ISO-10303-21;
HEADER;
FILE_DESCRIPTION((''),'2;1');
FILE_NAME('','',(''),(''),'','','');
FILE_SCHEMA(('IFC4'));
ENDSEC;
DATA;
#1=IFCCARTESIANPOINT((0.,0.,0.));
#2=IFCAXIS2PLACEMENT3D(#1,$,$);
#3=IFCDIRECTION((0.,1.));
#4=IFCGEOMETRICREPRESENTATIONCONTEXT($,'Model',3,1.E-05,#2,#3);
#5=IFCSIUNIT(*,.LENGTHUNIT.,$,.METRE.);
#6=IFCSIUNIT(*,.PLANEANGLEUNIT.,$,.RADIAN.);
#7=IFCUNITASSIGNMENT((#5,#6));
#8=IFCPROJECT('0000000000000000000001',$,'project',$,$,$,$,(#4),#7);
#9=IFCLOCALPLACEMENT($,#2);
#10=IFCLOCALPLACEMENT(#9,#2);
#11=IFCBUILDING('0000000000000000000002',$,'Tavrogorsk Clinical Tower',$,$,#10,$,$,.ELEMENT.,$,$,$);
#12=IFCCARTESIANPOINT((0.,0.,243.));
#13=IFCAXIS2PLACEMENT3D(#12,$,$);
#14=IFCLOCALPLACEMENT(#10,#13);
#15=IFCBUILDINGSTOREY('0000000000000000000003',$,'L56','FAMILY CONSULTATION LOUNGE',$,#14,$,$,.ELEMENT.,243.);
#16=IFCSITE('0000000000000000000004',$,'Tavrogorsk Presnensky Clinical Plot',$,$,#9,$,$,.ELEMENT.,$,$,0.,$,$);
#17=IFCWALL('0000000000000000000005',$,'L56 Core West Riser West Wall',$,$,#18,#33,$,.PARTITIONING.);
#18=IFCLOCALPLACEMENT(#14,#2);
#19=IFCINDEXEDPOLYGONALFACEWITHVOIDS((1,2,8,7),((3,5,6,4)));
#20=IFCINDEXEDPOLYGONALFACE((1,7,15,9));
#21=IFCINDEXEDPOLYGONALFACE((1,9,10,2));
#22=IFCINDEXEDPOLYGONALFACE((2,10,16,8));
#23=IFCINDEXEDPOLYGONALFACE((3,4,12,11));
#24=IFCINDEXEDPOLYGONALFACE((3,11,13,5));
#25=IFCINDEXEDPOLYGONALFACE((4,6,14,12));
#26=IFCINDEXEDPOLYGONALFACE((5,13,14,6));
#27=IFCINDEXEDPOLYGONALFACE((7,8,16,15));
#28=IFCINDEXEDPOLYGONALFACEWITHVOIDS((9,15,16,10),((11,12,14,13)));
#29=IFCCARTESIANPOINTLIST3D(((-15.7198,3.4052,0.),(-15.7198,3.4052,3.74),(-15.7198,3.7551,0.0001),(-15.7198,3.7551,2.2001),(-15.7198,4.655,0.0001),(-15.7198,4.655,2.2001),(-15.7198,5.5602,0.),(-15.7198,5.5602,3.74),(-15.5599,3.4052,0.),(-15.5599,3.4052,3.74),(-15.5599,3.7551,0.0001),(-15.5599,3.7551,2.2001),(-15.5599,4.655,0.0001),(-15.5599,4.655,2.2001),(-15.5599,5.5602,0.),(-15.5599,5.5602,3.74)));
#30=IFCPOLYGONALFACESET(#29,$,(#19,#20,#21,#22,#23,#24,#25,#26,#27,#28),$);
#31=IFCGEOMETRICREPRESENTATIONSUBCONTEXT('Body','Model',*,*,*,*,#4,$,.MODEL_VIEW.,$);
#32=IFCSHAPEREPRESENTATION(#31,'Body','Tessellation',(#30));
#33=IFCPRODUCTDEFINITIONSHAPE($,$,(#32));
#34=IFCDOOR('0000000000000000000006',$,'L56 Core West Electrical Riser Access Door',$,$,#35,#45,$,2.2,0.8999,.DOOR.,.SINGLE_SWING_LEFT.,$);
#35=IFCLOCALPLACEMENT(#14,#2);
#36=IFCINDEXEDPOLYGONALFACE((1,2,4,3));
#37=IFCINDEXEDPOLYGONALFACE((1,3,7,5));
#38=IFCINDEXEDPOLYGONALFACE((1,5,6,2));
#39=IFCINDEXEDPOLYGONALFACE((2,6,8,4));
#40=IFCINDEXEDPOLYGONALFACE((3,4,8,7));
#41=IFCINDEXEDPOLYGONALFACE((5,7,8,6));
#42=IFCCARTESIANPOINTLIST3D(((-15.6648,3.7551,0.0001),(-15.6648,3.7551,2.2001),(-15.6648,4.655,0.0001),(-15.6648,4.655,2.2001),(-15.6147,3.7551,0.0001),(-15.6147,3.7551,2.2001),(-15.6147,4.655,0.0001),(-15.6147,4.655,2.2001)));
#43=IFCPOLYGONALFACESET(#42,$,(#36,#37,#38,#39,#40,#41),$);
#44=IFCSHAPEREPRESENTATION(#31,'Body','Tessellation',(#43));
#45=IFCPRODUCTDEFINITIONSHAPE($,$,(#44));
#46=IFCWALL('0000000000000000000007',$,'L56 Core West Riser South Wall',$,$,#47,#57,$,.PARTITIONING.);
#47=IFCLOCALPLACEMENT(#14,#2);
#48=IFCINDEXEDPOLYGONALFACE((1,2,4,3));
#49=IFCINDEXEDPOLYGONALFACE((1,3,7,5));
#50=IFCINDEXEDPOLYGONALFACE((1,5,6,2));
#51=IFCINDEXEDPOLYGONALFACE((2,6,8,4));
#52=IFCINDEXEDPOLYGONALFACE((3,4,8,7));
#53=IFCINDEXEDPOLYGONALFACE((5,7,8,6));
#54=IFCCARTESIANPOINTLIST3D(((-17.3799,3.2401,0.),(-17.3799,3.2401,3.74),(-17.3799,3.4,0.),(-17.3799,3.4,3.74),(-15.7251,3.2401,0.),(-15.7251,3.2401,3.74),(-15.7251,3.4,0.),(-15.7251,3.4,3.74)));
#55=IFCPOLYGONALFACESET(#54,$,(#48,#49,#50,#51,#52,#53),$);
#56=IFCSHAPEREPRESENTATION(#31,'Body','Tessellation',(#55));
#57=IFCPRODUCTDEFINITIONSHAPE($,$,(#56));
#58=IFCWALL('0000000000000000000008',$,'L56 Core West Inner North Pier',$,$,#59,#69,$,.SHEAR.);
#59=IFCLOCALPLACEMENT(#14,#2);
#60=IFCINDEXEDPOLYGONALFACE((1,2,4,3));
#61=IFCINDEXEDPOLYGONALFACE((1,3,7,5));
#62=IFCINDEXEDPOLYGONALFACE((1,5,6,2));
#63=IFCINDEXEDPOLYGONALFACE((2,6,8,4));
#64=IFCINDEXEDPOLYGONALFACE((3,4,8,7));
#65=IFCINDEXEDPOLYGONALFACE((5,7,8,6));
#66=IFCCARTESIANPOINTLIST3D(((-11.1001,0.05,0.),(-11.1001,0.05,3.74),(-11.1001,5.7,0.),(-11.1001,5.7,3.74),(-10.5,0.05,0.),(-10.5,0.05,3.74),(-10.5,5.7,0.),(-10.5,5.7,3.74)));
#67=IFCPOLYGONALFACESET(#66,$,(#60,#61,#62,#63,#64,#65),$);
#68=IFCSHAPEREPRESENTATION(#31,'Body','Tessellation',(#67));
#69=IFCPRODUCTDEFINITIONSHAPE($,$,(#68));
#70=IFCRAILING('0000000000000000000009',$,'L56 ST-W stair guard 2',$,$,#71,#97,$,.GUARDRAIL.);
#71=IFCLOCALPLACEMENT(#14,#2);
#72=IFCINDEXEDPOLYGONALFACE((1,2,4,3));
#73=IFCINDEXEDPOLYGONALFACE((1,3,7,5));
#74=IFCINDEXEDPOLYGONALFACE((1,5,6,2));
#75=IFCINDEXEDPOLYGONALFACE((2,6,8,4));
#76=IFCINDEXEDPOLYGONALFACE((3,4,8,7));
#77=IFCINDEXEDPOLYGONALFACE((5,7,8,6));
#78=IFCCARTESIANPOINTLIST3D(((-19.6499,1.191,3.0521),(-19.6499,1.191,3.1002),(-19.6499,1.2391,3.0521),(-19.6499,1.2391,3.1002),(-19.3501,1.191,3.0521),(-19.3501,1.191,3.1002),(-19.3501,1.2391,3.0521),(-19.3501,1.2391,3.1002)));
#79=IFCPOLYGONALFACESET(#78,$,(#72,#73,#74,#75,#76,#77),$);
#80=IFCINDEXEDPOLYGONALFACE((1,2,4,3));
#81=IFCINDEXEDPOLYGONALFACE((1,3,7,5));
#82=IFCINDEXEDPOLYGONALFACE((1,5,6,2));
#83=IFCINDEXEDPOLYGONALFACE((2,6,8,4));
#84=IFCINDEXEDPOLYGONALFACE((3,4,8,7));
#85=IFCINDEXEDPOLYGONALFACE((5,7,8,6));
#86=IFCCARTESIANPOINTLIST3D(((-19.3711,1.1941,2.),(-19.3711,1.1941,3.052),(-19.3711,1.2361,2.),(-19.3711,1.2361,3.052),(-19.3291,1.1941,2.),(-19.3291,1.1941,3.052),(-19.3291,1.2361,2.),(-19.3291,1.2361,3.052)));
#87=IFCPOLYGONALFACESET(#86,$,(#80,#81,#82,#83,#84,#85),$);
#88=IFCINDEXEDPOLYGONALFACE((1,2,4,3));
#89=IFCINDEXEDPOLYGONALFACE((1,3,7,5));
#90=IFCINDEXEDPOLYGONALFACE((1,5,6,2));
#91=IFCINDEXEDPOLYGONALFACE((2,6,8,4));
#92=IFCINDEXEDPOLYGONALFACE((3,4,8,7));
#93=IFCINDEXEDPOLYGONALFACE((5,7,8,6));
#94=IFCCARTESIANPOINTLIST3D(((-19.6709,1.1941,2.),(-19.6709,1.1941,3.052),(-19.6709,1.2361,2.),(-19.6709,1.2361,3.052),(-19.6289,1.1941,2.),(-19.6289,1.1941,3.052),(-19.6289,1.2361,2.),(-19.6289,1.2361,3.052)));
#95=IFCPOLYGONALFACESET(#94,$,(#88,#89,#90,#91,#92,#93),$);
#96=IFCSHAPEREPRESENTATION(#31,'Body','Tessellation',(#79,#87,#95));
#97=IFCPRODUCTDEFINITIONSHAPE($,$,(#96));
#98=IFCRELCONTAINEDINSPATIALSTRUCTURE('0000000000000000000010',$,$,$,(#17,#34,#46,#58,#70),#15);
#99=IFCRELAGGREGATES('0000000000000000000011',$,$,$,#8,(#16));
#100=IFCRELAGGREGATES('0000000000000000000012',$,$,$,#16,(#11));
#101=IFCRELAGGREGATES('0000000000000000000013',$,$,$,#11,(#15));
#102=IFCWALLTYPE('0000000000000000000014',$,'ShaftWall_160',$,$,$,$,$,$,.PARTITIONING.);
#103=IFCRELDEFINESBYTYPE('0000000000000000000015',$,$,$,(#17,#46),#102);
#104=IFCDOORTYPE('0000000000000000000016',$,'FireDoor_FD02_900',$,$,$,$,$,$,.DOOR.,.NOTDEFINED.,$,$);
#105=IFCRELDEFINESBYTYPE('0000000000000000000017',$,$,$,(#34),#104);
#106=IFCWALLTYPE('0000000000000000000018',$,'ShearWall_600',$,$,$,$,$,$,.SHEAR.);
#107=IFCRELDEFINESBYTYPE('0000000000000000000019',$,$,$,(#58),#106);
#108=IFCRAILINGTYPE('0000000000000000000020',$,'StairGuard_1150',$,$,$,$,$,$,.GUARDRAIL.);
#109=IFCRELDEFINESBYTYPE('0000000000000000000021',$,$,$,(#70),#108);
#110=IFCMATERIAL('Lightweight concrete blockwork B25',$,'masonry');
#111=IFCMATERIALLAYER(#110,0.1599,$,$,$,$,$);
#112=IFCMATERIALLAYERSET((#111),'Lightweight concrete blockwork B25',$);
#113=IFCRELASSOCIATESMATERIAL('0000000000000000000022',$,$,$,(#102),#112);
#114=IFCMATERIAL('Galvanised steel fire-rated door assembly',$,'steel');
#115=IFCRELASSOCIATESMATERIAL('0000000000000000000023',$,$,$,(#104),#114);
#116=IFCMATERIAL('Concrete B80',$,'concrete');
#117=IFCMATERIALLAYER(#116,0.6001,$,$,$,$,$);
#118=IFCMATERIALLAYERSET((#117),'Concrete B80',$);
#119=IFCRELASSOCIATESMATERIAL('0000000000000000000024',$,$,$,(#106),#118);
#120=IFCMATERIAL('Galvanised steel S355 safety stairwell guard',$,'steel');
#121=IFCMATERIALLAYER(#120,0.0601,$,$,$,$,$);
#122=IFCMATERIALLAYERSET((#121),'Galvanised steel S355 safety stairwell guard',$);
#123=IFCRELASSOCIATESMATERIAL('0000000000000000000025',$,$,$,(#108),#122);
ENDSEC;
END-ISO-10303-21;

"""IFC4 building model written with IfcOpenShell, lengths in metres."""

from ifc_helpers import new_model, si_unit, direction, frame, frame_2d, origin, origin_2d, place, context, subcontext, project, spatial, rectangle, extrude, material, layer, layer_set, type_object, element, fill, save


model = new_model("IFC4")

# Units and contexts
model_context = context("Model", 3, precision=1e-05, world=origin(), true_north=direction((0.0, 1.0)))
body_context = subcontext(model_context, "Body", "Model", "MODEL_VIEW")
ifc_project = project(units=[si_unit("LENGTHUNIT", "METRE"), si_unit("PLANEANGLEUNIT", "RADIAN")], contexts=[model_context])

# Site, building, storey
site_placement = place(None, origin())
site = spatial("IfcSite", under=ifc_project, at=site_placement, Name="Tavrogorsk Presnensky Clinical Plot", CompositionType="ELEMENT", RefElevation=0.0)
building_placement = place(site_placement, origin())
building = spatial("IfcBuilding", under=site, at=building_placement, Name="Tavrogorsk Clinical Tower", CompositionType="ELEMENT")
storey_placement = place(building_placement, frame((0.0, 0.0, 243.0)))
storey = spatial("IfcBuildingStorey", under=building, at=storey_placement, Name="L56", Description="FAMILY CONSULTATION LOUNGE", CompositionType="ELEMENT", Elevation=243.0)

# Shared definitions
ifc_material_1 = material(Name="Lightweight concrete blockwork B25", Category="masonry")
ifc_layer_1 = layer(ifc_material_1, 0.1599)
ifc_layer_set_1 = layer_set([ifc_layer_1], Name="Lightweight concrete blockwork B25")
wall_type_1 = type_object("IfcWallType", Name="ShaftWall_160", PredefinedType="PARTITIONING", material=ifc_layer_set_1)

# Wall, opening, door
wall_1_placement = place(storey_placement, frame((-15.6399, 3.405, 0.0), z_axis=(0.0, 0.0, 1.0), x_axis=(0.0, 1.0, 0.0)))
wall_1 = element("IfcWall", 1, at=wall_1_placement, inside=storey, type_object=wall_type_1, Name="L56 Core West Riser West Wall", PredefinedType="PARTITIONING", context=body_context, shape_type="SweptSolid", body=[
    extrude(rectangle(XDim=2.155, YDim=0.1599, at=frame_2d((1.0776, 0.0))), origin(), (0.0, 0.0, 1.0), 3.74),
])
opening_1_placement = place(wall_1_placement, frame((0.3501, 0.0, 0.0)))
opening_1 = element("IfcOpeningElement", 2, at=opening_1_placement, cuts=wall_1, PredefinedType="OPENING", context=body_context, shape_type="SweptSolid", body=[
    extrude(rectangle(XDim=0.8999, YDim=2.2, at=frame_2d((0.45, 1.1001))), frame((0.0, 0.0898, 0.0), z_axis=(0.0, -1.0, 0.0), x_axis=(1.0, 0.0, 0.0)), (0.0, 0.0, 1.0), 0.1799),
])
ifc_material_2 = material(Name="Galvanised steel fire-rated door assembly", Category="steel")
door_type_1 = type_object("IfcDoorType", Name="FireDoor_FD02_900", OperationType="NOTDEFINED", PredefinedType="DOOR", material=ifc_material_2)
door_1_placement = place(opening_1_placement, origin())
door_1 = element("IfcDoor", 3, at=door_1_placement, inside=storey, type_object=door_type_1, Name="L56 Core West Electrical Riser Access Door", OperationType="SINGLE_SWING_LEFT", OverallHeight=2.2, OverallWidth=0.8999, PredefinedType="DOOR", context=body_context, shape_type="SweptSolid", body=[
    extrude(rectangle(XDim=0.8999, YDim=2.2, at=frame_2d((0.45, 1.1001))), frame((0.0, 0.0249, 0.0), z_axis=(0.0, -1.0, 0.0), x_axis=(1.0, 0.0, 0.0)), (0.0, 0.0, 1.0), 0.05),
])
fill(opening_1, door_1)

# Walls
wall_2_placement = place(storey_placement, frame((-17.3799, 3.3201, 0.0), z_axis=(0.0, 0.0, 1.0), x_axis=(1.0, 0.0, 0.0)))
element("IfcWall", 4, at=wall_2_placement, inside=storey, type_object=wall_type_1, Name="L56 Core West Riser South Wall", PredefinedType="PARTITIONING", context=body_context, shape_type="SweptSolid", body=[
    extrude(rectangle(XDim=1.6548, YDim=0.1599, at=frame_2d((0.8274, 0.0))), origin(), (0.0, 0.0, 1.0), 3.74),
])
ifc_material_3 = material(Name="Concrete B80", Category="concrete")
ifc_layer_2 = layer(ifc_material_3, 0.6001)
ifc_layer_set_2 = layer_set([ifc_layer_2], Name="Concrete B80")
wall_type_2 = type_object("IfcWallType", Name="ShearWall_600", PredefinedType="SHEAR", material=ifc_layer_set_2)
wall_3_placement = place(storey_placement, frame((-10.8, 0.05, 0.0), z_axis=(0.0, 0.0, 1.0), x_axis=(0.0, 1.0, 0.0)))
element("IfcWall", 5, at=wall_3_placement, inside=storey, type_object=wall_type_2, Name="L56 Core West Inner North Pier", PredefinedType="SHEAR", context=body_context, shape_type="SweptSolid", body=[
    extrude(rectangle(XDim=5.6499, YDim=0.6001, at=frame_2d((2.825, 0.0))), origin(), (0.0, 0.0, 1.0), 3.74),
])

# Railing
ifc_material_4 = material(Name="Galvanised steel S355 safety stairwell guard", Category="steel")
ifc_layer_3 = layer(ifc_material_4, 0.0601)
ifc_layer_set_3 = layer_set([ifc_layer_3], Name="Galvanised steel S355 safety stairwell guard")
railing_type = type_object("IfcRailingType", Name="StairGuard_1150", PredefinedType="GUARDRAIL", material=ifc_layer_set_3)
railing_placement = place(storey_placement, frame((-19.3501, 1.2151, 2.0)))
element("IfcRailing", 6, at=railing_placement, inside=storey, type_object=railing_type, Name="L56 ST-W stair guard 2", PredefinedType="GUARDRAIL", context=body_context, shape_type="SweptSolid", body=[
    extrude(rectangle(XDim=0.0481, YDim=0.0481, at=origin_2d()), frame((0.0, 0.0, 1.0762), z_axis=(-1.0, 0.0, 0.0), x_axis=(0.0, -1.0, 0.0)), (0.0, 0.0, 1.0), 0.2998),
    extrude(rectangle(XDim=0.042, YDim=0.042, at=origin_2d()), origin(), (0.0, 0.0, 1.0), 1.052),
    extrude(rectangle(XDim=0.042, YDim=0.042, at=origin_2d()), frame((-0.2998, 0.0, 0.0)), (0.0, 0.0, 1.0), 1.052),
])

save(model, "model.ifc")
